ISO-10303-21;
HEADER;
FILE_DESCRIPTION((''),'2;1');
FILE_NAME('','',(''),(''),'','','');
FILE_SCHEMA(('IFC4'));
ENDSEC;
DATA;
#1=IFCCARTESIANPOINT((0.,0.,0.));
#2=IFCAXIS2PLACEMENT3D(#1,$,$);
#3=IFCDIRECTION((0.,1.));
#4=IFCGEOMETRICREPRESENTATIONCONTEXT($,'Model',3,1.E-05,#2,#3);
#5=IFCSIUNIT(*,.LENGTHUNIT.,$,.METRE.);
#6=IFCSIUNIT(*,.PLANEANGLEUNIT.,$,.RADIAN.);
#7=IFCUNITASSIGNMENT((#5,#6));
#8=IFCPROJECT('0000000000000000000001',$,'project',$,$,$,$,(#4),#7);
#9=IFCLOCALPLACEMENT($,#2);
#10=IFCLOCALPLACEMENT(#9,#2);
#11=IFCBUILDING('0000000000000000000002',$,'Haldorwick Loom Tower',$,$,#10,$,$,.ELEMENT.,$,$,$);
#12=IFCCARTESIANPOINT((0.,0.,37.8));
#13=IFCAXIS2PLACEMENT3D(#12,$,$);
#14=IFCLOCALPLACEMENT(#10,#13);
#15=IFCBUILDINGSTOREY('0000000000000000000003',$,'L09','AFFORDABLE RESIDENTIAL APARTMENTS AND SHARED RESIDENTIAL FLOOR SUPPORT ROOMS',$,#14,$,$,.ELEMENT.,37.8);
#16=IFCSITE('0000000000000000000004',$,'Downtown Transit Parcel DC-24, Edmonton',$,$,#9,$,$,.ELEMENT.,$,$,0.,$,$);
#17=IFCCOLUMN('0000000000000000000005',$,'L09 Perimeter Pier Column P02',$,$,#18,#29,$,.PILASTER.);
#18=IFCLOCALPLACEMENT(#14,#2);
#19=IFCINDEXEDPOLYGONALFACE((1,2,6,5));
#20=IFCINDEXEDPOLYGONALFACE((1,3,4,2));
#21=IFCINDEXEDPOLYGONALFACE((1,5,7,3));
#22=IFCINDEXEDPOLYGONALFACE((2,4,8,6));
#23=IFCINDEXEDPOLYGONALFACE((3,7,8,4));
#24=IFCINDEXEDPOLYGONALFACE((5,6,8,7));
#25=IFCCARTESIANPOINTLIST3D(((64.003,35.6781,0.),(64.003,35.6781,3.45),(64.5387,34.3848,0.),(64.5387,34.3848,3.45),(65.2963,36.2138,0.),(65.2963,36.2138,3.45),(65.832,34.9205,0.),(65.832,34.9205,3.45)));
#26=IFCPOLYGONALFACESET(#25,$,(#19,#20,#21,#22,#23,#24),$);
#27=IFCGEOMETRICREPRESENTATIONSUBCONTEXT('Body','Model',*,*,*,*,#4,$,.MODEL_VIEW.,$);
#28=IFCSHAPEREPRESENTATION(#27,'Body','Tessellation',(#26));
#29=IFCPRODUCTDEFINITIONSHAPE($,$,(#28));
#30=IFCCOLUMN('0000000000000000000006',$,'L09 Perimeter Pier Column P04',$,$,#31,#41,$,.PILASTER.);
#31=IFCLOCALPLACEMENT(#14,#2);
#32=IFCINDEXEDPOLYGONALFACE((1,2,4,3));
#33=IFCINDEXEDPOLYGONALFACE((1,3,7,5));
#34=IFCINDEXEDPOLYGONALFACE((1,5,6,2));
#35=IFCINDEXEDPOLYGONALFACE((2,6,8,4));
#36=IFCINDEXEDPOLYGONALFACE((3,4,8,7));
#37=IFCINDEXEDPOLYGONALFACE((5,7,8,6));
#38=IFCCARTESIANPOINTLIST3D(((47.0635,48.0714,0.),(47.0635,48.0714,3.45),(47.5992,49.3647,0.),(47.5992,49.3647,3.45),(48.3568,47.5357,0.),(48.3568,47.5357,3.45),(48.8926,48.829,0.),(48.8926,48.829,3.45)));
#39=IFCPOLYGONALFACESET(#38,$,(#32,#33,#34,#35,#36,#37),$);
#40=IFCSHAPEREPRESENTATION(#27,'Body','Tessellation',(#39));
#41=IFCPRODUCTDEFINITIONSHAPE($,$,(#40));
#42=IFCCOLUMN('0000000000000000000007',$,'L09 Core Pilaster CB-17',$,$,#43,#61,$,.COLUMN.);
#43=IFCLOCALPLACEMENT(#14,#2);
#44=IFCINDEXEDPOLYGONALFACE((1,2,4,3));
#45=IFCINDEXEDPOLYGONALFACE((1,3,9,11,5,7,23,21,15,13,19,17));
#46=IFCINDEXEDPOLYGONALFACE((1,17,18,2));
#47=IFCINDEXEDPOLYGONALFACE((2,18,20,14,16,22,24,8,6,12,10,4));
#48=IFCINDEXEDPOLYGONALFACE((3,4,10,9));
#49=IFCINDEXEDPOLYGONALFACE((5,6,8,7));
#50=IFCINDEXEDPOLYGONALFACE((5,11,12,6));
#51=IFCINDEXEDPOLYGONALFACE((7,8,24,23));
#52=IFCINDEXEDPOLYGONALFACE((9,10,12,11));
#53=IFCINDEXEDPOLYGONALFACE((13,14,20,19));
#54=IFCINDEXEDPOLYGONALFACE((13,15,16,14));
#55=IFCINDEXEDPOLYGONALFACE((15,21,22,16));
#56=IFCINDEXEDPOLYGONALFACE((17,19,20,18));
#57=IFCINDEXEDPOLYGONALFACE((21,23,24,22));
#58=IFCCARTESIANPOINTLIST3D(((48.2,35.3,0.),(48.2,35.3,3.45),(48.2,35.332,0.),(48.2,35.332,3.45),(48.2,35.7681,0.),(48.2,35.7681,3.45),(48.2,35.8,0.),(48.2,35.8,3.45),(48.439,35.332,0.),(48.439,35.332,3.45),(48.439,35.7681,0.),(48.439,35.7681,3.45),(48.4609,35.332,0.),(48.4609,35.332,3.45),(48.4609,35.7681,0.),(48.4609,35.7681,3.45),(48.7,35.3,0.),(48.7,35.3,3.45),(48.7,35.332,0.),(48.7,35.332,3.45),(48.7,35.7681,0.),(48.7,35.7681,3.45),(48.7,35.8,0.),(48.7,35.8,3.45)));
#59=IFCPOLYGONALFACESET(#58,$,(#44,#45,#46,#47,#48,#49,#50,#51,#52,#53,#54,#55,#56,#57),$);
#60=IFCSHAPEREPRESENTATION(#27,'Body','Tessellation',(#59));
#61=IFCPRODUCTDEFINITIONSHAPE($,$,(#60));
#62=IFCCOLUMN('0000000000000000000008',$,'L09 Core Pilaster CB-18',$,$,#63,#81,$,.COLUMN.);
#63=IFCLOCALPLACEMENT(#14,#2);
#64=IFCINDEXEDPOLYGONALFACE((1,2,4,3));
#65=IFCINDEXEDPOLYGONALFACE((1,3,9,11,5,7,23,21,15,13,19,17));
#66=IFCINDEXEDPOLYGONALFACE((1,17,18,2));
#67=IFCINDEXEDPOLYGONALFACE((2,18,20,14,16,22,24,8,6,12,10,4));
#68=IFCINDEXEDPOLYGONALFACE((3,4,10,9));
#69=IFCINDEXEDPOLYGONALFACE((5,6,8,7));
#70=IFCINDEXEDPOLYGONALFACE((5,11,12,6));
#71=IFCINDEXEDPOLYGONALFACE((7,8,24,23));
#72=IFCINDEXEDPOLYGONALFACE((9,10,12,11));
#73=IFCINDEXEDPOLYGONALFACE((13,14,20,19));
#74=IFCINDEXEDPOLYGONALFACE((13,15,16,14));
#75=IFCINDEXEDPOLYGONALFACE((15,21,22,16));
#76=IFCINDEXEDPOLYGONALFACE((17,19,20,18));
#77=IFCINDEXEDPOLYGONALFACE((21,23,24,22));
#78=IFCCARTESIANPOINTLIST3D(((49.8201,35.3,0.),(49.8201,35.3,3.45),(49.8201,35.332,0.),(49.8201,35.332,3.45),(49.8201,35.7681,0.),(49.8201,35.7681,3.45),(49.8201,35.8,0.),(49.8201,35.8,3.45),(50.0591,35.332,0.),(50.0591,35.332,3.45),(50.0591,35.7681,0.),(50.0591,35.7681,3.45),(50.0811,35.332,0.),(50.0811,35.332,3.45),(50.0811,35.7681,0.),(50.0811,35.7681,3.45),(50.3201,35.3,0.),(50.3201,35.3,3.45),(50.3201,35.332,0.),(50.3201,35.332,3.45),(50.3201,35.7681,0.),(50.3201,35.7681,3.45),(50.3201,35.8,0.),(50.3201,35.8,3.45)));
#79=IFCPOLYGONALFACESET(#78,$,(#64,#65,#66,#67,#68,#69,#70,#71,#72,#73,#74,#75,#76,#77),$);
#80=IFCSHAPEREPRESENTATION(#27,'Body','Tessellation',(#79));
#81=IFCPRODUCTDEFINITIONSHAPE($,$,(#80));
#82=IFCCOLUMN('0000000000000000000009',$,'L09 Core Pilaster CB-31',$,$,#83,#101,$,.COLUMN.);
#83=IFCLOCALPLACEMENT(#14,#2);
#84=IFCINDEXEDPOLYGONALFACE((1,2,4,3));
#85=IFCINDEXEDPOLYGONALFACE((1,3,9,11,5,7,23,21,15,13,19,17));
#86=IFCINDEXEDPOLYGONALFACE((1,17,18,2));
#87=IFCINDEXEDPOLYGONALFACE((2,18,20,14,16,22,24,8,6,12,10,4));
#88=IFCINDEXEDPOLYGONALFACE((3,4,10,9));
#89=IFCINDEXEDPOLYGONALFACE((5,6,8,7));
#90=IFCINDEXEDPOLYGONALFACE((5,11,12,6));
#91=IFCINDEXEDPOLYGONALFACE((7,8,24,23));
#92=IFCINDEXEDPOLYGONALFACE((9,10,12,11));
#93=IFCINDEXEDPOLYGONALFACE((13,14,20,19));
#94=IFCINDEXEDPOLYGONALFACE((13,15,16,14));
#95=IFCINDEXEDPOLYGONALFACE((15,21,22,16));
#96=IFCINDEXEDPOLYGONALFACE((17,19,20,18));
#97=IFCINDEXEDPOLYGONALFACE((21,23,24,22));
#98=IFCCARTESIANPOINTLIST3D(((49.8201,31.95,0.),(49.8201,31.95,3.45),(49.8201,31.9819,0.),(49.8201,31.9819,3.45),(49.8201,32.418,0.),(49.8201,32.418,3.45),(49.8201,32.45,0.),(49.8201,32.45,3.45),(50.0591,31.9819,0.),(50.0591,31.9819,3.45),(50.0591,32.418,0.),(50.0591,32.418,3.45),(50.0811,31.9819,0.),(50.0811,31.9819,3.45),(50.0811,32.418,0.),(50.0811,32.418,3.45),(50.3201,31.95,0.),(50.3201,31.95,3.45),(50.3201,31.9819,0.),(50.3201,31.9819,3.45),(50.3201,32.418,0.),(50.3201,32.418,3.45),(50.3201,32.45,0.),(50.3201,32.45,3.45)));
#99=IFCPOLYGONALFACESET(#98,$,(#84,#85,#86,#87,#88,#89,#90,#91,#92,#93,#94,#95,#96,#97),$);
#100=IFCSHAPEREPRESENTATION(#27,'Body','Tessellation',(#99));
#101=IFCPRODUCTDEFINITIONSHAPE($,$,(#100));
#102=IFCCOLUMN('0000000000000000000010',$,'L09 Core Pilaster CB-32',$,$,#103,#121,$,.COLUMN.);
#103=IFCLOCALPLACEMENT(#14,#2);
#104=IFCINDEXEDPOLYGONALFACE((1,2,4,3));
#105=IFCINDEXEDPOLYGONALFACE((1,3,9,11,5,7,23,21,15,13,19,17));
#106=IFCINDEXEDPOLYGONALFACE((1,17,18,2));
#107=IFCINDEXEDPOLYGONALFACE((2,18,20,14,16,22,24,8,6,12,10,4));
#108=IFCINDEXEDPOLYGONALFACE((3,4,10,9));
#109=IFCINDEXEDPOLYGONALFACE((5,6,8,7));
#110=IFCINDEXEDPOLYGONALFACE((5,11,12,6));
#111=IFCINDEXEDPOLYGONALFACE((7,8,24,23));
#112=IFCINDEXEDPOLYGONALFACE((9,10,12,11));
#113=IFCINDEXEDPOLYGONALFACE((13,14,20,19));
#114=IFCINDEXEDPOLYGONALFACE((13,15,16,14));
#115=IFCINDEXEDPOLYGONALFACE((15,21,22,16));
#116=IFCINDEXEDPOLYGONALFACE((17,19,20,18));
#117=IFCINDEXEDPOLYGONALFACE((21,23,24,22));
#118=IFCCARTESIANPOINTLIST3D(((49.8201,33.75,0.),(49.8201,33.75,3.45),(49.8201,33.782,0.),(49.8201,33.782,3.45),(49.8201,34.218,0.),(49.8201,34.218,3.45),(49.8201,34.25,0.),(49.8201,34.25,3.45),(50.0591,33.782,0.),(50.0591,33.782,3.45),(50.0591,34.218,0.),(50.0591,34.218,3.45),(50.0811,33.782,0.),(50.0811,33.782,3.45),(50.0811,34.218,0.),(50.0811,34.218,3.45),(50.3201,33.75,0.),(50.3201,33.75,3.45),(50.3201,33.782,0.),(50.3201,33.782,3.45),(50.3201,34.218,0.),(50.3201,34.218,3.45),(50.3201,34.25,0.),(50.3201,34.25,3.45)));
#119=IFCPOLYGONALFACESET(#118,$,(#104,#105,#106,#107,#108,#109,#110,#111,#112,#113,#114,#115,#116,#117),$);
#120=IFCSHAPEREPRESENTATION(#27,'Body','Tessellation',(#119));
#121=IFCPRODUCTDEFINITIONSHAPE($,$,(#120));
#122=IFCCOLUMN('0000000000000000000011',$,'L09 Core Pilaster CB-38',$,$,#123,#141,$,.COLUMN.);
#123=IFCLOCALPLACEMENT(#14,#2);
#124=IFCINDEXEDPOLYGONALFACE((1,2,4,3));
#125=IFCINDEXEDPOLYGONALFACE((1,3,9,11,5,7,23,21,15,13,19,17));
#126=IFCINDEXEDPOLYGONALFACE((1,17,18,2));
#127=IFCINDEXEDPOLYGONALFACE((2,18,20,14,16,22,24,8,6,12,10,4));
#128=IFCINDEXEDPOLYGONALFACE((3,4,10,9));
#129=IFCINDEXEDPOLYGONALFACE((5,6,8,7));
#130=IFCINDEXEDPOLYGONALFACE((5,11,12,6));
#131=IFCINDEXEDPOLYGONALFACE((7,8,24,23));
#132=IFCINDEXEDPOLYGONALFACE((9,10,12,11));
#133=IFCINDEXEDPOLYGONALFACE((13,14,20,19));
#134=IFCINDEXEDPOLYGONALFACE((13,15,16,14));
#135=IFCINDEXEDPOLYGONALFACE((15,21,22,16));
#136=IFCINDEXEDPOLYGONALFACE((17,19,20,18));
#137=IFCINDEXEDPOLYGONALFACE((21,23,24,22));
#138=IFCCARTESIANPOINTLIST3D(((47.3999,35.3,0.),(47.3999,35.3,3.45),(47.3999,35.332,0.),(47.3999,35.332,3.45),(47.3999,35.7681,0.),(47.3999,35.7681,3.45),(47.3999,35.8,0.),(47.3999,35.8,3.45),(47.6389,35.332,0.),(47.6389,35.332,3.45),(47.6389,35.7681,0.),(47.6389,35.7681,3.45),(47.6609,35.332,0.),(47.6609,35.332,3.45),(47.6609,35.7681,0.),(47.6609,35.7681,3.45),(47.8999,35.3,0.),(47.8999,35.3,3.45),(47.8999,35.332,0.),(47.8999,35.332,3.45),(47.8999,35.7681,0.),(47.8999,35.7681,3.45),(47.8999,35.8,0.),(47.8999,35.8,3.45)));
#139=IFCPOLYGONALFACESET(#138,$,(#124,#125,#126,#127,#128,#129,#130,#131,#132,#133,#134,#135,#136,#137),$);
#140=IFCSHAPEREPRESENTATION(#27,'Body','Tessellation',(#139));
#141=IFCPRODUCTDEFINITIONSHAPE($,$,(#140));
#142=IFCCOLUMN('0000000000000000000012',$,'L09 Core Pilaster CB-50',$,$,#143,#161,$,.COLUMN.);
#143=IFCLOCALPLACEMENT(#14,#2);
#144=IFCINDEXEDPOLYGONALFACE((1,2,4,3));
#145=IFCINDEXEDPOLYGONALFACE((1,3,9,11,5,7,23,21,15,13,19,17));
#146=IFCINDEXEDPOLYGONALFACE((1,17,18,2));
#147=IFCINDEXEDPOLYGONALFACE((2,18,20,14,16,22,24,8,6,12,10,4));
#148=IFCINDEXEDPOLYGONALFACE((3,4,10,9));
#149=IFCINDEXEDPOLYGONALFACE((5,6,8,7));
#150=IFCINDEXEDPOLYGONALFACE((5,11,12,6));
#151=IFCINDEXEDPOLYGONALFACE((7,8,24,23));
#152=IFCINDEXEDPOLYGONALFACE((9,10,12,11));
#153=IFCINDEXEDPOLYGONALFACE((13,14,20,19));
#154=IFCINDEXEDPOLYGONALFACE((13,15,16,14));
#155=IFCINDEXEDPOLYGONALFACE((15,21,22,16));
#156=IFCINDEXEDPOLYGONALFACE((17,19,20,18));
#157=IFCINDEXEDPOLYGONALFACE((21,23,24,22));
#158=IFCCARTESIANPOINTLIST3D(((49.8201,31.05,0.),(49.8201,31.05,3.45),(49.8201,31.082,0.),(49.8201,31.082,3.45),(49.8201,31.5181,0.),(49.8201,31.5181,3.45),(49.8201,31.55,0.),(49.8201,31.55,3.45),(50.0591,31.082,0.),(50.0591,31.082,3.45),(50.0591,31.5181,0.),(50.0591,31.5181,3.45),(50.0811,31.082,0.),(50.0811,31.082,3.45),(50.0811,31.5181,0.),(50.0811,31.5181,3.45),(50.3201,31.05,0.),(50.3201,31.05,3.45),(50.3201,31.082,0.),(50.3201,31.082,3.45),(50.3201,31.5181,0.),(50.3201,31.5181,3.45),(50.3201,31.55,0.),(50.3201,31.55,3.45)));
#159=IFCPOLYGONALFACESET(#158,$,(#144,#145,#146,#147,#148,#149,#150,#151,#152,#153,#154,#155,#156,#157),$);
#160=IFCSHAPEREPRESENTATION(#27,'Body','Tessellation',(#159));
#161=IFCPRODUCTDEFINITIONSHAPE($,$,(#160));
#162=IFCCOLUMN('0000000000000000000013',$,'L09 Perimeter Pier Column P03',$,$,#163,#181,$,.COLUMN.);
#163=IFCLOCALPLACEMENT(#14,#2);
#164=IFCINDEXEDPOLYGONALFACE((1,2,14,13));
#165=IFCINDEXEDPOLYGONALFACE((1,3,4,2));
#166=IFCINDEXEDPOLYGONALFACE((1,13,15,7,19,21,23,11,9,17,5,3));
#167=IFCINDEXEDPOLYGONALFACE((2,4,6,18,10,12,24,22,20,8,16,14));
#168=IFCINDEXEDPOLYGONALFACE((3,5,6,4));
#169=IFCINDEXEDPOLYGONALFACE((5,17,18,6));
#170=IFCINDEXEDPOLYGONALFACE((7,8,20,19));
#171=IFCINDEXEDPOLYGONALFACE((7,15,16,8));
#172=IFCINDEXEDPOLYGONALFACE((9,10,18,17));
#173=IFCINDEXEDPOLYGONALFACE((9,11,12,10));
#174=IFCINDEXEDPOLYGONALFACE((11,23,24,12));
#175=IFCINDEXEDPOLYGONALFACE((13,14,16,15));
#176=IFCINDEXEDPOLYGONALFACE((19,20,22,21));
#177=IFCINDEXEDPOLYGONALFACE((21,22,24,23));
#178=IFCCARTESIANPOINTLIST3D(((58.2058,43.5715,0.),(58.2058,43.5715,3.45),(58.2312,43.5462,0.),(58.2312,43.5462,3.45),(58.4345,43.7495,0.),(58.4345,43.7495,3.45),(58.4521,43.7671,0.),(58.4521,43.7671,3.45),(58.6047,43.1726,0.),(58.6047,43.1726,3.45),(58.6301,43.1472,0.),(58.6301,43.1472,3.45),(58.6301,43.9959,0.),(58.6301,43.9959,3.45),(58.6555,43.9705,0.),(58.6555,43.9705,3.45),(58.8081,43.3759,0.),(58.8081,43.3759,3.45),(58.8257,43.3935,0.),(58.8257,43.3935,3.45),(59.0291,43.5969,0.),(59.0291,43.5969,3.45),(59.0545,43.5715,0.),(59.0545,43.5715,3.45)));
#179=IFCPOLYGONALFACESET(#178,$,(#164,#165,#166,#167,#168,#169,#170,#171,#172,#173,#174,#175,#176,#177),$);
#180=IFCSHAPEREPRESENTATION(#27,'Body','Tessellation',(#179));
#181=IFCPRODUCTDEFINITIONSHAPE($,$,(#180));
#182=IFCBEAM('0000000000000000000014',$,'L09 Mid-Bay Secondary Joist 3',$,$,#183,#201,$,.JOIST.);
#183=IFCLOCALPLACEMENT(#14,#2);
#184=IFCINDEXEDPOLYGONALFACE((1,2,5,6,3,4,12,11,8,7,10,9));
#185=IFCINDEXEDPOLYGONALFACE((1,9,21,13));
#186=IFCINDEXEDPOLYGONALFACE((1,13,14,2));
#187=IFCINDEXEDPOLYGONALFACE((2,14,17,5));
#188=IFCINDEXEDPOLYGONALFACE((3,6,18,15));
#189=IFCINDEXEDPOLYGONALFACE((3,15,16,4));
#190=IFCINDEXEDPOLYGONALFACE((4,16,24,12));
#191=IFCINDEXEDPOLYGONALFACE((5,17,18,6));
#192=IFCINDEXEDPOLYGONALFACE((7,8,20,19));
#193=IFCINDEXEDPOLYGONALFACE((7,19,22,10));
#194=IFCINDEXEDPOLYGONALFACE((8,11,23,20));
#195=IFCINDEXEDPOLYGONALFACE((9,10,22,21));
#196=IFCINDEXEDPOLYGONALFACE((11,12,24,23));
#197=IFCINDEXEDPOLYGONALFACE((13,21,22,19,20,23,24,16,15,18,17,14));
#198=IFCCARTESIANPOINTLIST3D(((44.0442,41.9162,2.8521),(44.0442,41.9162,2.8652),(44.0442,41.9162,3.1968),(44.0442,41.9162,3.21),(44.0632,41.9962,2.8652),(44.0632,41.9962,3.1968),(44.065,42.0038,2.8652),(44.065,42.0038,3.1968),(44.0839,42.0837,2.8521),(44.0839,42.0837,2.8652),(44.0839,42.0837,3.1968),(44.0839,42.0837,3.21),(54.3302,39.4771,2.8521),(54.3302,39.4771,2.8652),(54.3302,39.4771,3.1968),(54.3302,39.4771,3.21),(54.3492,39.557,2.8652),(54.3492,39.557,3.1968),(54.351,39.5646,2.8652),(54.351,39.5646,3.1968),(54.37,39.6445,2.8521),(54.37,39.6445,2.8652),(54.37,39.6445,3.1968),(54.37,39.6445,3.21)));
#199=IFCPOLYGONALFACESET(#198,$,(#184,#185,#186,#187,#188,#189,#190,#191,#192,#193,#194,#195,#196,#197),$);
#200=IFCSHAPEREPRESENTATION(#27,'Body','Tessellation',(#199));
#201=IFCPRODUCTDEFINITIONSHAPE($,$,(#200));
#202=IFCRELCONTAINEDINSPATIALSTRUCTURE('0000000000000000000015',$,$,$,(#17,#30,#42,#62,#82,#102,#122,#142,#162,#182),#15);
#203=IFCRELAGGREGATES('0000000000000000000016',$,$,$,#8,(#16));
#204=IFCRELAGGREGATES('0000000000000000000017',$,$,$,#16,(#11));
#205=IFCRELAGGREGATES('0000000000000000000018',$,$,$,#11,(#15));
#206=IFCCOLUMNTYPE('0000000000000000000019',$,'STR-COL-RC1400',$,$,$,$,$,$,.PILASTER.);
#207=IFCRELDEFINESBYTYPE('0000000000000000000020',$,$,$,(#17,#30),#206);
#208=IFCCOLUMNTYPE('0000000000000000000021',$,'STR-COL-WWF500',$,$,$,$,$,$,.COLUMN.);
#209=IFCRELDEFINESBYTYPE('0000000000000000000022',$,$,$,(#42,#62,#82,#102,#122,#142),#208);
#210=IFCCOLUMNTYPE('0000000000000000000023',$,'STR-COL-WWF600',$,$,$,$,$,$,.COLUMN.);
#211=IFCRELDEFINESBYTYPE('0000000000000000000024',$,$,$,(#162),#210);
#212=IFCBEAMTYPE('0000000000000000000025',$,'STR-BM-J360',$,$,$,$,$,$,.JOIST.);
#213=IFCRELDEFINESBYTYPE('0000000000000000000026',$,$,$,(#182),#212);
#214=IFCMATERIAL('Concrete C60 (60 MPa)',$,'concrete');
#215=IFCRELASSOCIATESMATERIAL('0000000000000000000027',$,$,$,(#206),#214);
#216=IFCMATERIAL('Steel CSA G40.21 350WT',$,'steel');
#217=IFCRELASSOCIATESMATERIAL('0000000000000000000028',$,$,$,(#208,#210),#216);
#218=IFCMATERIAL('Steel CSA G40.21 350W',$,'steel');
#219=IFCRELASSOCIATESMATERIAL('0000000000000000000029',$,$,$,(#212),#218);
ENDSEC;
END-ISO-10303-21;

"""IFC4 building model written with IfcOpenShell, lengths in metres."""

from ifc_helpers import new_model, si_unit, direction, frame, origin, origin_2d, place, context, subcontext, project, spatial, rectangle, i_section, extrude, material, material_profile, profile_set, type_object, element, save


model = new_model("IFC4")

# Units and contexts
model_context = context("Model", 3, precision=1e-05, world=origin(), true_north=direction((0.0, 1.0)))
body_context = subcontext(model_context, "Body", "Model", "MODEL_VIEW")
ifc_project = project(units=[si_unit("LENGTHUNIT", "METRE"), si_unit("PLANEANGLEUNIT", "RADIAN")], contexts=[model_context])

# Site, building, storey
site_placement = place(None, origin())
site = spatial("IfcSite", under=ifc_project, at=site_placement, Name="Downtown Transit Parcel DC-24, Edmonton", CompositionType="ELEMENT", RefElevation=0.0)
building_placement = place(site_placement, origin())
building = spatial("IfcBuilding", under=site, at=building_placement, Name="Haldorwick Loom Tower", CompositionType="ELEMENT")
storey_placement = place(building_placement, frame((0.0, 0.0, 37.8)))
storey = spatial("IfcBuildingStorey", under=building, at=storey_placement, Name="L09", Description="AFFORDABLE RESIDENTIAL APARTMENTS AND SHARED RESIDENTIAL FLOOR SUPPORT ROOMS", CompositionType="ELEMENT", Elevation=37.8)

# Columns
ifc_material_1 = material(Name="Concrete C60 (60 MPa)", Category="concrete")
ifc_material_profile_1 = material_profile(ifc_material_1, rectangle(XDim=1.3999, YDim=1.3999, at=origin_2d()), Name="RC1400X1400", Category="concrete")
ifc_profile_set_1 = profile_set([ifc_material_profile_1], Name="Concrete C60 (60 MPa)")
column_type_1 = type_object("IfcColumnType", Name="STR-COL-RC1400", PredefinedType="PILASTER", material=ifc_profile_set_1)
for number, where, z_axis, x_axis, name in (
    (1, (64.9175, 35.2993, 0.0), (0.0, 0.0, 1.0), (0.92388, 0.382683, 0.0), "L09 Perimeter Pier Column P02"),
    (2, (47.978, 48.4502, 0.0), (0.0, 0.0, 1.0), (0.382683, 0.92388, 0.0), "L09 Perimeter Pier Column P04"),
):
    element("IfcColumn", number, at=place(storey_placement, frame(where, z_axis=z_axis, x_axis=x_axis)), inside=storey, type_object=column_type_1, Name=name, PredefinedType="PILASTER", context=body_context, shape_type="SweptSolid", body=[
        extrude(rectangle(XDim=1.3999, YDim=1.3999, at=origin_2d()), origin(), (0.0, 0.0, 1.0), 3.45),
    ])
ifc_material_2 = material(Name="Steel CSA G40.21 350WT", Category="steel")
ifc_material_profile_2 = material_profile(ifc_material_2, i_section(OverallWidth=0.5, OverallDepth=0.5, WebThickness=0.022, FlangeThickness=0.032, at=origin_2d()), Name="WWF500X500", Category="steel")
ifc_profile_set_2 = profile_set([ifc_material_profile_2], Name="Steel CSA G40.21 350WT")
column_type_2 = type_object("IfcColumnType", Name="STR-COL-WWF500", PredefinedType="COLUMN", material=ifc_profile_set_2)
for number, where, z_axis, x_axis, name in (
    (3, (48.45, 35.55, 0.0), (0.0, 0.0, 1.0), (1.0, 0.0, 0.0), "L09 Core Pilaster CB-17"),
    (4, (50.0701, 35.55, 0.0), (0.0, 0.0, 1.0), (1.0, 0.0, 0.0), "L09 Core Pilaster CB-18"),
    (5, (50.0701, 32.2, 0.0), (0.0, 0.0, 1.0), (1.0, 0.0, 0.0), "L09 Core Pilaster CB-31"),
    (6, (50.0701, 34.0, 0.0), (0.0, 0.0, 1.0), (1.0, 0.0, 0.0), "L09 Core Pilaster CB-32"),
    (7, (47.6499, 35.55, 0.0), (0.0, 0.0, 1.0), (1.0, 0.0, 0.0), "L09 Core Pilaster CB-38"),
    (8, (50.0701, 31.3, 0.0), (0.0, 0.0, 1.0), (1.0, 0.0, 0.0), "L09 Core Pilaster CB-50"),
):
    element("IfcColumn", number, at=place(storey_placement, frame(where, z_axis=z_axis, x_axis=x_axis)), inside=storey, type_object=column_type_2, Name=name, PredefinedType="COLUMN", context=body_context, shape_type="SweptSolid", body=[
        extrude(i_section(OverallWidth=0.5, OverallDepth=0.5, WebThickness=0.022, FlangeThickness=0.032, at=origin_2d()), origin(), (0.0, 0.0, 1.0), 3.45),
    ])
ifc_material_profile_3 = material_profile(ifc_material_2, i_section(OverallWidth=0.6001, OverallDepth=0.6001, WebThickness=0.0249, FlangeThickness=0.0359, at=origin_2d()), Name="WWF600X600", Category="steel")
ifc_profile_set_3 = profile_set([ifc_material_profile_3], Name="Steel CSA G40.21 350WT")
column_type_3 = type_object("IfcColumnType", Name="STR-COL-WWF600", PredefinedType="COLUMN", material=ifc_profile_set_3)
column_placement = place(storey_placement, frame((58.6301, 43.5715, 0.0), z_axis=(0.0, 0.0, 1.0), x_axis=(0.707107, 0.707107, 0.0)))
element("IfcColumn", 9, at=column_placement, inside=storey, type_object=column_type_3, Name="L09 Perimeter Pier Column P03", PredefinedType="COLUMN", context=body_context, shape_type="SweptSolid", body=[
    extrude(i_section(OverallWidth=0.6001, OverallDepth=0.6001, WebThickness=0.0249, FlangeThickness=0.0359, at=origin_2d()), origin(), (0.0, 0.0, 1.0), 3.45),
])

# Beam
ifc_material_3 = material(Name="Steel CSA G40.21 350W", Category="steel")
ifc_material_profile_4 = material_profile(ifc_material_3, i_section(OverallWidth=0.1721, OverallDepth=0.3579, WebThickness=0.0078, FlangeThickness=0.0132, at=origin_2d()), Name="W360X57", Category="steel")
ifc_profile_set_4 = profile_set([ifc_material_profile_4], Name="Steel CSA G40.21 350W")
beam_type_1 = type_object("IfcBeamType", Name="STR-BM-J360", PredefinedType="JOIST", material=ifc_profile_set_4)
beam_1_placement = place(storey_placement, frame((54.3501, 39.5608, 3.031), z_axis=(-0.973016, 0.230737, 0.0), x_axis=(-0.230737, -0.973016, 0.0)))
element("IfcBeam", 10, at=beam_1_placement, inside=storey, type_object=beam_type_1, Name="L09 Mid-Bay Secondary Joist 3", PredefinedType="JOIST", context=body_context, shape_type="SweptSolid", body=[
    extrude(i_section(OverallWidth=0.1721, OverallDepth=0.3579, WebThickness=0.0078, FlangeThickness=0.0132, at=origin_2d()), origin(), (0.0, 0.0, 1.0), 10.5713),
])

save(model, "model.ifc")
